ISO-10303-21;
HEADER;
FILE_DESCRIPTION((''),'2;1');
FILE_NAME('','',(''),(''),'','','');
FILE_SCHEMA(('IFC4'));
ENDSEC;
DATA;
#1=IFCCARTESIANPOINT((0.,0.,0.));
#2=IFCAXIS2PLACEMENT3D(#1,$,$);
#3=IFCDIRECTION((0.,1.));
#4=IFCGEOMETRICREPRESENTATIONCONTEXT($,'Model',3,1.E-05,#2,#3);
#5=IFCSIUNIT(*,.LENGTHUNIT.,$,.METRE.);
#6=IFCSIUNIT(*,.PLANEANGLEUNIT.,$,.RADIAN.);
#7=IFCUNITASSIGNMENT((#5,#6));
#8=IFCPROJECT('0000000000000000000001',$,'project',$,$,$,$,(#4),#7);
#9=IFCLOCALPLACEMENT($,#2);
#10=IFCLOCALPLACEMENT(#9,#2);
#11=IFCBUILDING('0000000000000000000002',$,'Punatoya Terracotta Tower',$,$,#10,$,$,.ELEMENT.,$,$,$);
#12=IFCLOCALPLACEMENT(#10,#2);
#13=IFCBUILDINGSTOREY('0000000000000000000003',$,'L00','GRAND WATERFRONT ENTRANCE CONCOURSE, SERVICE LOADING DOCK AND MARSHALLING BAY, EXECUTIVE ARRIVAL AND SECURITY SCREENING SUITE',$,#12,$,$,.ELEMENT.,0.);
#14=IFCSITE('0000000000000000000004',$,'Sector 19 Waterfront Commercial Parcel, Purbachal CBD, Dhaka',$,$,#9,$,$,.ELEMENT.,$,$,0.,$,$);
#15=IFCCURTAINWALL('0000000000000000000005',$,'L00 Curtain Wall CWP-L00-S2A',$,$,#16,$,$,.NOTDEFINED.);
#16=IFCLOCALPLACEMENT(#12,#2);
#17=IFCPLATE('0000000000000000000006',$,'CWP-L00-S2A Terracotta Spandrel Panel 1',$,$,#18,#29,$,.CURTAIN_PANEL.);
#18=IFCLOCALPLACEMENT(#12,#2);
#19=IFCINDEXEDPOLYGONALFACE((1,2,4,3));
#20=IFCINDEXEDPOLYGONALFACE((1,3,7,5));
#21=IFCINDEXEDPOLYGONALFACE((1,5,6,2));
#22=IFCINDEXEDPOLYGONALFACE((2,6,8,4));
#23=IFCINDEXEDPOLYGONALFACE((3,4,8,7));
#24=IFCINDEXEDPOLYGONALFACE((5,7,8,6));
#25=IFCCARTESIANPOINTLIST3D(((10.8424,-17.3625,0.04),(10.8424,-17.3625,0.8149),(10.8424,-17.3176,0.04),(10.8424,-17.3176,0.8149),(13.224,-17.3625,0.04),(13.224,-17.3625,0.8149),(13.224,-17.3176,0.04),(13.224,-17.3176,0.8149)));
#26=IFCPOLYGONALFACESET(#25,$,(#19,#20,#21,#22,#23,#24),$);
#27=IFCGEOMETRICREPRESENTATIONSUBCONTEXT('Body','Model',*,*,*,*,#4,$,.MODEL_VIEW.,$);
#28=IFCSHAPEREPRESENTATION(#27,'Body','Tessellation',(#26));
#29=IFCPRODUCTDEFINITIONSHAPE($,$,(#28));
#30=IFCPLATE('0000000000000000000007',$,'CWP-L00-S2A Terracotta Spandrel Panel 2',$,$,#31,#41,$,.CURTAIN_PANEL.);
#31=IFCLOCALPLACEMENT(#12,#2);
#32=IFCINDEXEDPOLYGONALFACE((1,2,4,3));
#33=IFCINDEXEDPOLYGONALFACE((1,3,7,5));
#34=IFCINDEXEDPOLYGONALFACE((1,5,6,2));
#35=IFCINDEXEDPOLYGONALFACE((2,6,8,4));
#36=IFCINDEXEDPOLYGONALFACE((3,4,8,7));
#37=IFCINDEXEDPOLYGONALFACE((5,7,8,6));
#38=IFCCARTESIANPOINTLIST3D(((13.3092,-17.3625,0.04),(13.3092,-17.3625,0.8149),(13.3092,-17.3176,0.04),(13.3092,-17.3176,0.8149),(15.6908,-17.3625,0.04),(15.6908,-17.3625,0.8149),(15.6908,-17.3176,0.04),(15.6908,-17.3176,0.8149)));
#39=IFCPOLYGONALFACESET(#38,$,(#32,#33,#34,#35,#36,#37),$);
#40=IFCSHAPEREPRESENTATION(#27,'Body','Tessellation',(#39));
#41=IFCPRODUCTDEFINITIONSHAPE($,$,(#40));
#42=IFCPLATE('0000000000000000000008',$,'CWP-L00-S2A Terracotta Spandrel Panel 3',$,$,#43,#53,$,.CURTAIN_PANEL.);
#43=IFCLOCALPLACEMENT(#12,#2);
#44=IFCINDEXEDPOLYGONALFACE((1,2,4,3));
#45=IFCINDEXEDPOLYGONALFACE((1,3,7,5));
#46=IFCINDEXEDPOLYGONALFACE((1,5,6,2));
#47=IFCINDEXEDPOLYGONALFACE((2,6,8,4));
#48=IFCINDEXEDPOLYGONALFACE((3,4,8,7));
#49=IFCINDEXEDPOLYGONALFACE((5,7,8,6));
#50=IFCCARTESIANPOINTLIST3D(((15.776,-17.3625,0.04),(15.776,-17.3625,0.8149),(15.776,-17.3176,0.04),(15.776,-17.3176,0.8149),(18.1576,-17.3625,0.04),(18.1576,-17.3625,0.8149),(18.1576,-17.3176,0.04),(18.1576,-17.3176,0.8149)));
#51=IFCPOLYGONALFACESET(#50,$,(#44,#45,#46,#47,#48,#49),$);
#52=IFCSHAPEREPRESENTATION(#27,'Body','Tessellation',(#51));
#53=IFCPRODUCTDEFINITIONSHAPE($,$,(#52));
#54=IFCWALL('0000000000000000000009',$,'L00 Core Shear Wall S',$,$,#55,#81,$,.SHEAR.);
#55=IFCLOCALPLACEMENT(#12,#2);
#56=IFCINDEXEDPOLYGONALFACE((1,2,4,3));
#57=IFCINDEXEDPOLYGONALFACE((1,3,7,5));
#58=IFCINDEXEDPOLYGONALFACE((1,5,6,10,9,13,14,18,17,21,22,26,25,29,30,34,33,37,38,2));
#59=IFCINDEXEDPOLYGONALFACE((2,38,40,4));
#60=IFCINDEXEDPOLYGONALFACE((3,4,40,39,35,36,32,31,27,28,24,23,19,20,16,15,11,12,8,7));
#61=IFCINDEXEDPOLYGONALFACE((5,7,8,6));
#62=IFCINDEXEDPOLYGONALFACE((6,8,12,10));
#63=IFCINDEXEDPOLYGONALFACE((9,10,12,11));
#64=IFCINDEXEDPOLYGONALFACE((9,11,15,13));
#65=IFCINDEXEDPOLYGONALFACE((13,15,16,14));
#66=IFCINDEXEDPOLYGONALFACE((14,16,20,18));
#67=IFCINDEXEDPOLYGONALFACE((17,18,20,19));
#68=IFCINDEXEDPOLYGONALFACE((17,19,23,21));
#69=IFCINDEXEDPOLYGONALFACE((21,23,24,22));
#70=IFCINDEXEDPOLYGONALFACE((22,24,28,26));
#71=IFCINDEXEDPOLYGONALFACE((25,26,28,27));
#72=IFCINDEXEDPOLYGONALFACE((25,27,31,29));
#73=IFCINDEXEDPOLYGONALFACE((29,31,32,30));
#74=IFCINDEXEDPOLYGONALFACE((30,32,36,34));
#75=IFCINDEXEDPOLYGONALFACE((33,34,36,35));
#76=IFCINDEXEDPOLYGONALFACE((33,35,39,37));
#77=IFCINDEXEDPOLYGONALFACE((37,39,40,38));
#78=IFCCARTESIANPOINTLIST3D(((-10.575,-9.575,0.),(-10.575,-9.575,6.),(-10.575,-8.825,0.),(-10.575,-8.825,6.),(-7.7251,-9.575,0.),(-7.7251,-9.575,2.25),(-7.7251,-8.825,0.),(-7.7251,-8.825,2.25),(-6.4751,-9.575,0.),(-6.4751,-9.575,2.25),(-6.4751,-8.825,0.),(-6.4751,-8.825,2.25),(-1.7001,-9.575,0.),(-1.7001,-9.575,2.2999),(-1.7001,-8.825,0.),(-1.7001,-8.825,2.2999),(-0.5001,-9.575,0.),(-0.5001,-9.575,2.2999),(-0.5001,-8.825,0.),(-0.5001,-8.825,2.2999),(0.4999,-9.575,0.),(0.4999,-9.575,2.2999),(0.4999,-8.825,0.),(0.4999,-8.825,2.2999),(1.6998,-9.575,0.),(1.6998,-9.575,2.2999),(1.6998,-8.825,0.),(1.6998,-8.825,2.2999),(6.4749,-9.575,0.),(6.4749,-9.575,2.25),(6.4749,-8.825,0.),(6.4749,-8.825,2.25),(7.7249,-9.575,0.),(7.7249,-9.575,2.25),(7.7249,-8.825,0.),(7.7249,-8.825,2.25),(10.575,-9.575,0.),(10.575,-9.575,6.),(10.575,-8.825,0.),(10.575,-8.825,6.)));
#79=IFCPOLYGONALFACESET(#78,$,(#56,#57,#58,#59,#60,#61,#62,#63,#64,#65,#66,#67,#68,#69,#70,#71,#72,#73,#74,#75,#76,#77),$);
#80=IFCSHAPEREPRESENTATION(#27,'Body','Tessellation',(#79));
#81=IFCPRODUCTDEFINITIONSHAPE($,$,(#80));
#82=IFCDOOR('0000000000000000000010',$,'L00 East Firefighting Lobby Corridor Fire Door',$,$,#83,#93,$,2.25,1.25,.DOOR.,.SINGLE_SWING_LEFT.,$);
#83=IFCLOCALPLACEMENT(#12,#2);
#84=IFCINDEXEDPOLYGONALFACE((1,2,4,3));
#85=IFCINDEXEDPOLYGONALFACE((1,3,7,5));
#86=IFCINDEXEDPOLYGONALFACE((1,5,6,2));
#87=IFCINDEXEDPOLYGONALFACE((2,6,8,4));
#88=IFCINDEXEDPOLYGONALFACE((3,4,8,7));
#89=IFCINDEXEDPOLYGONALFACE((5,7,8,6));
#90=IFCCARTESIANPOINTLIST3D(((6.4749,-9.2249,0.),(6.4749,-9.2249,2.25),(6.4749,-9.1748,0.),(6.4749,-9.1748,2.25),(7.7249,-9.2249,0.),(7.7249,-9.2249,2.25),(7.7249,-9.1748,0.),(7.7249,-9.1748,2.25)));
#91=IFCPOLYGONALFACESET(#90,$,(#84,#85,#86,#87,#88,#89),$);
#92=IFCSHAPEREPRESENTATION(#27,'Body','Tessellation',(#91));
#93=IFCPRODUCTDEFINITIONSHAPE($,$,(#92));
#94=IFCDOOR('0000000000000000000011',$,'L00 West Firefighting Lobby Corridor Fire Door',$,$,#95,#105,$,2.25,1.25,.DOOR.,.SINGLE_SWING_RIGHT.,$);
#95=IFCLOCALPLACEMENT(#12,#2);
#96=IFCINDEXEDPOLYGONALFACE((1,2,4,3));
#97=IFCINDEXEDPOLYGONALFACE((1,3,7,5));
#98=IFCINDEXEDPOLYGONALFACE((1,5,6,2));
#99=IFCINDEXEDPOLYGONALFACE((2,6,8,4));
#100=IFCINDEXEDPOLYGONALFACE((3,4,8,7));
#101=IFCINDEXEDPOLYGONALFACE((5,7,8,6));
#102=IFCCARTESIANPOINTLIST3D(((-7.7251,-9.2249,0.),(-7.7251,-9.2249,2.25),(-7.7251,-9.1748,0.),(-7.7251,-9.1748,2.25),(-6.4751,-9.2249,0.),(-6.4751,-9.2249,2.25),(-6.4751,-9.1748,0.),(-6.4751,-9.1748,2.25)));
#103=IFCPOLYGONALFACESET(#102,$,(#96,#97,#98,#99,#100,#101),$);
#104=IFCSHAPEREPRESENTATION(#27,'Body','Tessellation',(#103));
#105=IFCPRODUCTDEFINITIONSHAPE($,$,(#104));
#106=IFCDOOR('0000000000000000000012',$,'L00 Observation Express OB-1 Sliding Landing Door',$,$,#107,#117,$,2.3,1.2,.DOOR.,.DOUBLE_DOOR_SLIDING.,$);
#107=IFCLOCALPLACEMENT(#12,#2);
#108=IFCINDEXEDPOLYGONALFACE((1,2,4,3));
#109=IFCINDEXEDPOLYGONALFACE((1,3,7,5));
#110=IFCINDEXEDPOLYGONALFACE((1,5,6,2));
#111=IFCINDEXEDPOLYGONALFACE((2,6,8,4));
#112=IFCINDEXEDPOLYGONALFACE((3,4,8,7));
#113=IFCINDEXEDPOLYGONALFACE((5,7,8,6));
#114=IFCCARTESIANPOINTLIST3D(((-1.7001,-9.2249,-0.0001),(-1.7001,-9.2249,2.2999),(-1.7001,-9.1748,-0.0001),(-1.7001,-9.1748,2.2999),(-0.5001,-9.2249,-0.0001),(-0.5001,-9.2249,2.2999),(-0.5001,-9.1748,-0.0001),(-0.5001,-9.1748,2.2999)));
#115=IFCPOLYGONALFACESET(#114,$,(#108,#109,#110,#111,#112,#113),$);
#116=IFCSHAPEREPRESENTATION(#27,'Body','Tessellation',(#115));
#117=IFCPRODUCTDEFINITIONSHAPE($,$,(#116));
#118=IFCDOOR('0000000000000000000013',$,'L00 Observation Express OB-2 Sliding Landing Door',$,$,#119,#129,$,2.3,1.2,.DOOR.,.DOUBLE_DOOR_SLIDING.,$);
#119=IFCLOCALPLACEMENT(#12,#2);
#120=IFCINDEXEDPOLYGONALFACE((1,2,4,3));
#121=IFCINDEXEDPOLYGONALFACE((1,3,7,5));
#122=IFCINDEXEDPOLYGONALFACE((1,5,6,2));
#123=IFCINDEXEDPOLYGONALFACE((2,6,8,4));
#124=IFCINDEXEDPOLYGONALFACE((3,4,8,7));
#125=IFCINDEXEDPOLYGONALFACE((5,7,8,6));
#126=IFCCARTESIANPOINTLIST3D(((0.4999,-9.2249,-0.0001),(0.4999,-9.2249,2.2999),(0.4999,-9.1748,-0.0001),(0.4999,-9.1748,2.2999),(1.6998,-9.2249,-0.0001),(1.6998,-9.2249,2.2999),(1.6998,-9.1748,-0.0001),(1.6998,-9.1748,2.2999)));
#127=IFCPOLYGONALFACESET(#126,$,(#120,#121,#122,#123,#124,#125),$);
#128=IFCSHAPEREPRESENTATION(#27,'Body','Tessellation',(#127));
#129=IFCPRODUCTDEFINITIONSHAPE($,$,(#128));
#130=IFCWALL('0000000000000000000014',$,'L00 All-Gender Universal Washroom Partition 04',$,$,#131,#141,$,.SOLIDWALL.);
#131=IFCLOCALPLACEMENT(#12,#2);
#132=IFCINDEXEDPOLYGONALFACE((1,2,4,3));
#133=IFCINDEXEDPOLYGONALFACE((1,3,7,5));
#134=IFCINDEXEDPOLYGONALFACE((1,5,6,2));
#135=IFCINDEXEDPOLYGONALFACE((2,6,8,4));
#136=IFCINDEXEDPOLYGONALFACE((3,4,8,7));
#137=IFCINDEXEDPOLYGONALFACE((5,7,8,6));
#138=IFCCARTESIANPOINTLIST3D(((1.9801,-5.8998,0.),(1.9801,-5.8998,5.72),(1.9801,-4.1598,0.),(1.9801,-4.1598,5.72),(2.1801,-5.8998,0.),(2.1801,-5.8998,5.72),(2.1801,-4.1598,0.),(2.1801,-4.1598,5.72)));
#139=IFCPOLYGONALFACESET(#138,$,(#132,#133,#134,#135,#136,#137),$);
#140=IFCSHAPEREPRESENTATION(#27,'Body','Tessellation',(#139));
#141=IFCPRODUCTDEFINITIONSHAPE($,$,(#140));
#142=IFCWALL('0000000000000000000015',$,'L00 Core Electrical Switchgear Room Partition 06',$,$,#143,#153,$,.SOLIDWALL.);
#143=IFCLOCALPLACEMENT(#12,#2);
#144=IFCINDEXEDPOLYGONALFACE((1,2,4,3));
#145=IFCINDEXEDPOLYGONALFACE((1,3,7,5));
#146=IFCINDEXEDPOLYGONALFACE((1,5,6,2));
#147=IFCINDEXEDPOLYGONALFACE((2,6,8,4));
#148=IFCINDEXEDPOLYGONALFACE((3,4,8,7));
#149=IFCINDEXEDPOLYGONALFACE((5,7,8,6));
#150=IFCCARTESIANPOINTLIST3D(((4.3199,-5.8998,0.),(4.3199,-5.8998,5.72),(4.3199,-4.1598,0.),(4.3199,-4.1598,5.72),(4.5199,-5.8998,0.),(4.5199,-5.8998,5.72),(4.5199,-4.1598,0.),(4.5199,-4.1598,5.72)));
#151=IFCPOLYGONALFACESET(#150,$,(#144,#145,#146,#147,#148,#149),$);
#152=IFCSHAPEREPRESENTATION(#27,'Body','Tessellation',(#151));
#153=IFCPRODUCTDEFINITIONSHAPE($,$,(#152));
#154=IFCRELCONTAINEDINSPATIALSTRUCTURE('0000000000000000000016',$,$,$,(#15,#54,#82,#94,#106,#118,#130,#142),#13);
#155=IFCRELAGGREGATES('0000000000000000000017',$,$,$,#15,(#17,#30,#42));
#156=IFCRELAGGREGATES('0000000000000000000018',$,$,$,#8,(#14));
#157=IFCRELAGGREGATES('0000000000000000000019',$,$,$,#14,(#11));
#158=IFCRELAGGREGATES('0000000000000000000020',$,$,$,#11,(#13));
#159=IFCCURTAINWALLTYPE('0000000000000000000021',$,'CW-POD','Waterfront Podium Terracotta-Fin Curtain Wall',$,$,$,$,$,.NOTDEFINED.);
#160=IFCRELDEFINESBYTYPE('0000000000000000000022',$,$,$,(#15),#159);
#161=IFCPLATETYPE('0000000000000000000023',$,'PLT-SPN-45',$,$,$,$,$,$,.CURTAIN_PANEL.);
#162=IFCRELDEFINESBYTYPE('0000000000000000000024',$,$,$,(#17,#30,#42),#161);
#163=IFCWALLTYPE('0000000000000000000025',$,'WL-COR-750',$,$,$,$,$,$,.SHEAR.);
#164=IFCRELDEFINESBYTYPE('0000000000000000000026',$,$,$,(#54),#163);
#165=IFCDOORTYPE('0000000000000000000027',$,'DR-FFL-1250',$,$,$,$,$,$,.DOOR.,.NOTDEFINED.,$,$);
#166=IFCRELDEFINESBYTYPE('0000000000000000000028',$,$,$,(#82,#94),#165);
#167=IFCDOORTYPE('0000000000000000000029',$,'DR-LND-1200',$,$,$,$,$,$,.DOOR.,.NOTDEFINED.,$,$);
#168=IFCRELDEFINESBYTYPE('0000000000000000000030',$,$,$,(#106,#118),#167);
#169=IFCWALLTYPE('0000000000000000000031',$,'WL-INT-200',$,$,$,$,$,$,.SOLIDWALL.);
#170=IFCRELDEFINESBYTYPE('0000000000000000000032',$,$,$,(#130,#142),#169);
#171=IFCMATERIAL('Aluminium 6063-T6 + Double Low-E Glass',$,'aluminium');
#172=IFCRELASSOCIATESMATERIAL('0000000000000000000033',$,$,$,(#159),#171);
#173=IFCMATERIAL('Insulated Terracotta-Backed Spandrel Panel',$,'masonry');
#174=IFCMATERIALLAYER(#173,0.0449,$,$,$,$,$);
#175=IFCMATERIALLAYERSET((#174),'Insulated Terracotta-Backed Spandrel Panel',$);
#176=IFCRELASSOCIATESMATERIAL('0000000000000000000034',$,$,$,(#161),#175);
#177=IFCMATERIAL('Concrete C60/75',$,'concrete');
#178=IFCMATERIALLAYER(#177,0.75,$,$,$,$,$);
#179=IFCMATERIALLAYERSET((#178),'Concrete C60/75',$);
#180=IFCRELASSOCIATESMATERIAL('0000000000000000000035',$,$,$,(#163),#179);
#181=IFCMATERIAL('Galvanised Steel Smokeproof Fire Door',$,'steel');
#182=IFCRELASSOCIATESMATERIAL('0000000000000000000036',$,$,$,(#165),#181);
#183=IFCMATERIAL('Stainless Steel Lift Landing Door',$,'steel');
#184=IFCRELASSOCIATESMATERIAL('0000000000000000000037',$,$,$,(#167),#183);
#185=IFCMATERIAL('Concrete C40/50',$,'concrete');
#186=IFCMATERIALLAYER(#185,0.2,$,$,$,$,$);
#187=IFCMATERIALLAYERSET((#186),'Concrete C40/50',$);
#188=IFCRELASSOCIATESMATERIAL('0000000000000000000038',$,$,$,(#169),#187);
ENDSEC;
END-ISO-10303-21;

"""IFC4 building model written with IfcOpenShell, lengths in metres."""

from ifc_helpers import new_model, si_unit, direction, frame, frame_2d, origin, origin_2d, place, context, subcontext, project, spatial, rectangle, extrude, material, layer, layer_set, type_object, element, fill, aggregate, save


model = new_model("IFC4")

# Units and contexts
model_context = context("Model", 3, precision=1e-05, world=origin(), true_north=direction((0.0, 1.0)))
body_context = subcontext(model_context, "Body", "Model", "MODEL_VIEW")
ifc_project = project(units=[si_unit("LENGTHUNIT", "METRE"), si_unit("PLANEANGLEUNIT", "RADIAN")], contexts=[model_context])

# Site, building, storey
site_placement = place(None, origin())
site = spatial("IfcSite", under=ifc_project, at=site_placement, Name="Sector 19 Waterfront Commercial Parcel, Purbachal CBD, Dhaka", CompositionType="ELEMENT", RefElevation=0.0)
building_placement = place(site_placement, origin())
building = spatial("IfcBuilding", under=site, at=building_placement, Name="Punatoya Terracotta Tower", CompositionType="ELEMENT")
storey_placement = place(building_placement, origin())
storey = spatial("IfcBuildingStorey", under=building, at=storey_placement, Name="L00", Description="GRAND WATERFRONT ENTRANCE CONCOURSE, SERVICE LOADING DOCK AND MARSHALLING BAY, EXECUTIVE ARRIVAL AND SECURITY SCREENING SUITE", CompositionType="ELEMENT", Elevation=0.0)

# Curtain wall, plates
ifc_material_1 = material(Name="Aluminium 6063-T6 + Double Low-E Glass", Category="aluminium")
curtain_wall_type = type_object("IfcCurtainWallType", Name="CW-POD", Description="Waterfront Podium Terracotta-Fin Curtain Wall", PredefinedType="NOTDEFINED", material=ifc_material_1)
curtain_wall_placement = place(storey_placement, origin())
curtain_wall = element("IfcCurtainWall", 1, at=curtain_wall_placement, inside=storey, type_object=curtain_wall_type, Name="L00 Curtain Wall CWP-L00-S2A", PredefinedType="NOTDEFINED")
ifc_material_2 = material(Name="Insulated Terracotta-Backed Spandrel Panel", Category="masonry")
ifc_layer_1 = layer(ifc_material_2, 0.0449)
ifc_layer_set_1 = layer_set([ifc_layer_1], Name="Insulated Terracotta-Backed Spandrel Panel")
plate_type_1 = type_object("IfcPlateType", Name="PLT-SPN-45", PredefinedType="CURTAIN_PANEL", material=ifc_layer_set_1)
plate_1_placement = place(storey_placement, frame((12.0332, -17.3401, 0.04), z_axis=(0.0, 0.0, 1.0), x_axis=(1.0, 0.0, 0.0)))
plate_1 = element("IfcPlate", 2, at=plate_1_placement, type_object=plate_type_1, Name="CWP-L00-S2A Terracotta Spandrel Panel 1", PredefinedType="CURTAIN_PANEL", context=body_context, shape_type="SweptSolid", body=[
    extrude(rectangle(XDim=2.3816, YDim=0.0449, at=origin_2d()), origin(), (0.0, 0.0, 1.0), 0.7749),
])
plate_2_placement = place(storey_placement, frame((14.5, -17.3401, 0.04), z_axis=(0.0, 0.0, 1.0), x_axis=(1.0, 0.0, 0.0)))
plate_2 = element("IfcPlate", 3, at=plate_2_placement, type_object=plate_type_1, Name="CWP-L00-S2A Terracotta Spandrel Panel 2", PredefinedType="CURTAIN_PANEL", context=body_context, shape_type="SweptSolid", body=[
    extrude(rectangle(XDim=2.3816, YDim=0.0449, at=origin_2d()), origin(), (0.0, 0.0, 1.0), 0.7749),
])
plate_3_placement = place(storey_placement, frame((16.9668, -17.3401, 0.04), z_axis=(0.0, 0.0, 1.0), x_axis=(1.0, 0.0, 0.0)))
plate_3 = element("IfcPlate", 4, at=plate_3_placement, type_object=plate_type_1, Name="CWP-L00-S2A Terracotta Spandrel Panel 3", PredefinedType="CURTAIN_PANEL", context=body_context, shape_type="SweptSolid", body=[
    extrude(rectangle(XDim=2.3816, YDim=0.0449, at=origin_2d()), origin(), (0.0, 0.0, 1.0), 0.7749),
])
aggregate(curtain_wall, [plate_1, plate_2, plate_3])

# Wall, openings, doors
ifc_material_3 = material(Name="Concrete C60/75", Category="concrete")
ifc_layer_2 = layer(ifc_material_3, 0.75)
ifc_layer_set_2 = layer_set([ifc_layer_2], Name="Concrete C60/75")
wall_type_1 = type_object("IfcWallType", Name="WL-COR-750", PredefinedType="SHEAR", material=ifc_layer_set_2)
wall_1_placement = place(storey_placement, frame((10.575, -9.2, 0.0), z_axis=(0.0, 0.0, 1.0), x_axis=(-1.0, 0.0, 0.0)))
wall_1 = element("IfcWall", 5, at=wall_1_placement, inside=storey, type_object=wall_type_1, Name="L00 Core Shear Wall S", PredefinedType="SHEAR", context=body_context, shape_type="SweptSolid", body=[
    extrude(rectangle(XDim=21.1499, YDim=0.75, at=frame_2d((10.575, 0.0))), origin(), (0.0, 0.0, 1.0), 6.0),
])
opening_1_placement = place(wall_1_placement, frame((2.8501, 0.0, 0.0)))
opening_1 = element("IfcOpeningElement", 6, at=opening_1_placement, cuts=wall_1, PredefinedType="OPENING", context=body_context, shape_type="SweptSolid", body=[
    extrude(rectangle(XDim=1.25, YDim=2.25, at=frame_2d((0.625, 1.125))), frame((0.0, 0.385, 0.0), z_axis=(0.0, -1.0, 0.0), x_axis=(1.0, 0.0, 0.0)), (0.0, 0.0, 1.0), 0.77),
])
opening_2_placement = place(wall_1_placement, frame((17.05, 0.0, 0.0)))
opening_2 = element("IfcOpeningElement", 7, at=opening_2_placement, cuts=wall_1, PredefinedType="OPENING", context=body_context, shape_type="SweptSolid", body=[
    extrude(rectangle(XDim=1.25, YDim=2.25, at=frame_2d((0.625, 1.125))), frame((0.0, 0.385, 0.0), z_axis=(0.0, -1.0, 0.0), x_axis=(1.0, 0.0, 0.0)), (0.0, 0.0, 1.0), 0.77),
])
opening_3_placement = place(wall_1_placement, frame((11.075, 0.0, 0.0)))
opening_3 = element("IfcOpeningElement", 8, at=opening_3_placement, cuts=wall_1, PredefinedType="OPENING", context=body_context, shape_type="SweptSolid", body=[
    extrude(rectangle(XDim=1.2, YDim=2.3, at=frame_2d((0.6001, 1.1499))), frame((0.0, 0.385, 0.0), z_axis=(0.0, -1.0, 0.0), x_axis=(1.0, 0.0, 0.0)), (0.0, 0.0, 1.0), 0.77),
])
opening_4_placement = place(wall_1_placement, frame((8.875, 0.0, 0.0)))
opening_4 = element("IfcOpeningElement", 9, at=opening_4_placement, cuts=wall_1, PredefinedType="OPENING", context=body_context, shape_type="SweptSolid", body=[
    extrude(rectangle(XDim=1.2, YDim=2.3, at=frame_2d((0.6001, 1.1499))), frame((0.0, 0.385, 0.0), z_axis=(0.0, -1.0, 0.0), x_axis=(1.0, 0.0, 0.0)), (0.0, 0.0, 1.0), 0.77),
])
ifc_material_4 = material(Name="Galvanised Steel Smokeproof Fire Door", Category="steel")
door_type_1 = type_object("IfcDoorType", Name="DR-FFL-1250", OperationType="NOTDEFINED", PredefinedType="DOOR", material=ifc_material_4)
door_1_placement = place(opening_1_placement, origin())
door_1 = element("IfcDoor", 10, at=door_1_placement, inside=storey, type_object=door_type_1, Name="L00 East Firefighting Lobby Corridor Fire Door", OperationType="SINGLE_SWING_LEFT", OverallHeight=2.25, OverallWidth=1.25, PredefinedType="DOOR", context=body_context, shape_type="SweptSolid", body=[
    extrude(rectangle(XDim=1.25, YDim=2.25, at=frame_2d((0.625, 1.125))), frame((0.0, 0.0249, 0.0), z_axis=(0.0, -1.0, 0.0), x_axis=(1.0, 0.0, 0.0)), (0.0, 0.0, 1.0), 0.05),
])
fill(opening_1, door_1)
door_2_placement = place(opening_2_placement, origin())
door_2 = element("IfcDoor", 11, at=door_2_placement, inside=storey, type_object=door_type_1, Name="L00 West Firefighting Lobby Corridor Fire Door", OperationType="SINGLE_SWING_RIGHT", OverallHeight=2.25, OverallWidth=1.25, PredefinedType="DOOR", context=body_context, shape_type="SweptSolid", body=[
    extrude(rectangle(XDim=1.25, YDim=2.25, at=frame_2d((0.625, 1.125))), frame((0.0, 0.0249, 0.0), z_axis=(0.0, -1.0, 0.0), x_axis=(1.0, 0.0, 0.0)), (0.0, 0.0, 1.0), 0.05),
])
fill(opening_2, door_2)
ifc_material_5 = material(Name="Stainless Steel Lift Landing Door", Category="steel")
door_type_2 = type_object("IfcDoorType", Name="DR-LND-1200", OperationType="NOTDEFINED", PredefinedType="DOOR", material=ifc_material_5)
door_3_placement = place(opening_3_placement, origin())
door_3 = element("IfcDoor", 12, at=door_3_placement, inside=storey, type_object=door_type_2, Name="L00 Observation Express OB-1 Sliding Landing Door", OperationType="DOUBLE_DOOR_SLIDING", OverallHeight=2.3, OverallWidth=1.2, PredefinedType="DOOR", context=body_context, shape_type="SweptSolid", body=[
    extrude(rectangle(XDim=1.2, YDim=2.3, at=frame_2d((0.6001, 1.1499))), frame((0.0, 0.0249, 0.0), z_axis=(0.0, -1.0, 0.0), x_axis=(1.0, 0.0, 0.0)), (0.0, 0.0, 1.0), 0.05),
])
fill(opening_3, door_3)
door_4_placement = place(opening_4_placement, origin())
door_4 = element("IfcDoor", 13, at=door_4_placement, inside=storey, type_object=door_type_2, Name="L00 Observation Express OB-2 Sliding Landing Door", OperationType="DOUBLE_DOOR_SLIDING", OverallHeight=2.3, OverallWidth=1.2, PredefinedType="DOOR", context=body_context, shape_type="SweptSolid", body=[
    extrude(rectangle(XDim=1.2, YDim=2.3, at=frame_2d((0.6001, 1.1499))), frame((0.0, 0.0249, 0.0), z_axis=(0.0, -1.0, 0.0), x_axis=(1.0, 0.0, 0.0)), (0.0, 0.0, 1.0), 0.05),
])
fill(opening_4, door_4)

# Walls
ifc_material_6 = material(Name="Concrete C40/50", Category="concrete")
ifc_layer_3 = layer(ifc_material_6, 0.2)
ifc_layer_set_3 = layer_set([ifc_layer_3], Name="Concrete C40/50")
wall_type_2 = type_object("IfcWallType", Name="WL-INT-200", PredefinedType="SOLIDWALL", material=ifc_layer_set_3)
for number, where, z_axis, x_axis, name in (
    (14, (2.0801, -5.8999, 0.0), (0.0, 0.0, 1.0), (0.0, 1.0, 0.0), "L00 All-Gender Universal Washroom Partition 04"),
    (15, (4.4199, -5.8999, 0.0), (0.0, 0.0, 1.0), (0.0, 1.0, 0.0), "L00 Core Electrical Switchgear Room Partition 06"),
):
    element("IfcWall", number, at=place(storey_placement, frame(where, z_axis=z_axis, x_axis=x_axis)), inside=storey, type_object=wall_type_2, Name=name, PredefinedType="SOLIDWALL", context=body_context, shape_type="SweptSolid", body=[
        extrude(rectangle(XDim=1.74, YDim=0.2, at=frame_2d((0.8701, 0.0))), origin(), (0.0, 0.0, 1.0), 5.72),
    ])

save(model, "model.ifc")
